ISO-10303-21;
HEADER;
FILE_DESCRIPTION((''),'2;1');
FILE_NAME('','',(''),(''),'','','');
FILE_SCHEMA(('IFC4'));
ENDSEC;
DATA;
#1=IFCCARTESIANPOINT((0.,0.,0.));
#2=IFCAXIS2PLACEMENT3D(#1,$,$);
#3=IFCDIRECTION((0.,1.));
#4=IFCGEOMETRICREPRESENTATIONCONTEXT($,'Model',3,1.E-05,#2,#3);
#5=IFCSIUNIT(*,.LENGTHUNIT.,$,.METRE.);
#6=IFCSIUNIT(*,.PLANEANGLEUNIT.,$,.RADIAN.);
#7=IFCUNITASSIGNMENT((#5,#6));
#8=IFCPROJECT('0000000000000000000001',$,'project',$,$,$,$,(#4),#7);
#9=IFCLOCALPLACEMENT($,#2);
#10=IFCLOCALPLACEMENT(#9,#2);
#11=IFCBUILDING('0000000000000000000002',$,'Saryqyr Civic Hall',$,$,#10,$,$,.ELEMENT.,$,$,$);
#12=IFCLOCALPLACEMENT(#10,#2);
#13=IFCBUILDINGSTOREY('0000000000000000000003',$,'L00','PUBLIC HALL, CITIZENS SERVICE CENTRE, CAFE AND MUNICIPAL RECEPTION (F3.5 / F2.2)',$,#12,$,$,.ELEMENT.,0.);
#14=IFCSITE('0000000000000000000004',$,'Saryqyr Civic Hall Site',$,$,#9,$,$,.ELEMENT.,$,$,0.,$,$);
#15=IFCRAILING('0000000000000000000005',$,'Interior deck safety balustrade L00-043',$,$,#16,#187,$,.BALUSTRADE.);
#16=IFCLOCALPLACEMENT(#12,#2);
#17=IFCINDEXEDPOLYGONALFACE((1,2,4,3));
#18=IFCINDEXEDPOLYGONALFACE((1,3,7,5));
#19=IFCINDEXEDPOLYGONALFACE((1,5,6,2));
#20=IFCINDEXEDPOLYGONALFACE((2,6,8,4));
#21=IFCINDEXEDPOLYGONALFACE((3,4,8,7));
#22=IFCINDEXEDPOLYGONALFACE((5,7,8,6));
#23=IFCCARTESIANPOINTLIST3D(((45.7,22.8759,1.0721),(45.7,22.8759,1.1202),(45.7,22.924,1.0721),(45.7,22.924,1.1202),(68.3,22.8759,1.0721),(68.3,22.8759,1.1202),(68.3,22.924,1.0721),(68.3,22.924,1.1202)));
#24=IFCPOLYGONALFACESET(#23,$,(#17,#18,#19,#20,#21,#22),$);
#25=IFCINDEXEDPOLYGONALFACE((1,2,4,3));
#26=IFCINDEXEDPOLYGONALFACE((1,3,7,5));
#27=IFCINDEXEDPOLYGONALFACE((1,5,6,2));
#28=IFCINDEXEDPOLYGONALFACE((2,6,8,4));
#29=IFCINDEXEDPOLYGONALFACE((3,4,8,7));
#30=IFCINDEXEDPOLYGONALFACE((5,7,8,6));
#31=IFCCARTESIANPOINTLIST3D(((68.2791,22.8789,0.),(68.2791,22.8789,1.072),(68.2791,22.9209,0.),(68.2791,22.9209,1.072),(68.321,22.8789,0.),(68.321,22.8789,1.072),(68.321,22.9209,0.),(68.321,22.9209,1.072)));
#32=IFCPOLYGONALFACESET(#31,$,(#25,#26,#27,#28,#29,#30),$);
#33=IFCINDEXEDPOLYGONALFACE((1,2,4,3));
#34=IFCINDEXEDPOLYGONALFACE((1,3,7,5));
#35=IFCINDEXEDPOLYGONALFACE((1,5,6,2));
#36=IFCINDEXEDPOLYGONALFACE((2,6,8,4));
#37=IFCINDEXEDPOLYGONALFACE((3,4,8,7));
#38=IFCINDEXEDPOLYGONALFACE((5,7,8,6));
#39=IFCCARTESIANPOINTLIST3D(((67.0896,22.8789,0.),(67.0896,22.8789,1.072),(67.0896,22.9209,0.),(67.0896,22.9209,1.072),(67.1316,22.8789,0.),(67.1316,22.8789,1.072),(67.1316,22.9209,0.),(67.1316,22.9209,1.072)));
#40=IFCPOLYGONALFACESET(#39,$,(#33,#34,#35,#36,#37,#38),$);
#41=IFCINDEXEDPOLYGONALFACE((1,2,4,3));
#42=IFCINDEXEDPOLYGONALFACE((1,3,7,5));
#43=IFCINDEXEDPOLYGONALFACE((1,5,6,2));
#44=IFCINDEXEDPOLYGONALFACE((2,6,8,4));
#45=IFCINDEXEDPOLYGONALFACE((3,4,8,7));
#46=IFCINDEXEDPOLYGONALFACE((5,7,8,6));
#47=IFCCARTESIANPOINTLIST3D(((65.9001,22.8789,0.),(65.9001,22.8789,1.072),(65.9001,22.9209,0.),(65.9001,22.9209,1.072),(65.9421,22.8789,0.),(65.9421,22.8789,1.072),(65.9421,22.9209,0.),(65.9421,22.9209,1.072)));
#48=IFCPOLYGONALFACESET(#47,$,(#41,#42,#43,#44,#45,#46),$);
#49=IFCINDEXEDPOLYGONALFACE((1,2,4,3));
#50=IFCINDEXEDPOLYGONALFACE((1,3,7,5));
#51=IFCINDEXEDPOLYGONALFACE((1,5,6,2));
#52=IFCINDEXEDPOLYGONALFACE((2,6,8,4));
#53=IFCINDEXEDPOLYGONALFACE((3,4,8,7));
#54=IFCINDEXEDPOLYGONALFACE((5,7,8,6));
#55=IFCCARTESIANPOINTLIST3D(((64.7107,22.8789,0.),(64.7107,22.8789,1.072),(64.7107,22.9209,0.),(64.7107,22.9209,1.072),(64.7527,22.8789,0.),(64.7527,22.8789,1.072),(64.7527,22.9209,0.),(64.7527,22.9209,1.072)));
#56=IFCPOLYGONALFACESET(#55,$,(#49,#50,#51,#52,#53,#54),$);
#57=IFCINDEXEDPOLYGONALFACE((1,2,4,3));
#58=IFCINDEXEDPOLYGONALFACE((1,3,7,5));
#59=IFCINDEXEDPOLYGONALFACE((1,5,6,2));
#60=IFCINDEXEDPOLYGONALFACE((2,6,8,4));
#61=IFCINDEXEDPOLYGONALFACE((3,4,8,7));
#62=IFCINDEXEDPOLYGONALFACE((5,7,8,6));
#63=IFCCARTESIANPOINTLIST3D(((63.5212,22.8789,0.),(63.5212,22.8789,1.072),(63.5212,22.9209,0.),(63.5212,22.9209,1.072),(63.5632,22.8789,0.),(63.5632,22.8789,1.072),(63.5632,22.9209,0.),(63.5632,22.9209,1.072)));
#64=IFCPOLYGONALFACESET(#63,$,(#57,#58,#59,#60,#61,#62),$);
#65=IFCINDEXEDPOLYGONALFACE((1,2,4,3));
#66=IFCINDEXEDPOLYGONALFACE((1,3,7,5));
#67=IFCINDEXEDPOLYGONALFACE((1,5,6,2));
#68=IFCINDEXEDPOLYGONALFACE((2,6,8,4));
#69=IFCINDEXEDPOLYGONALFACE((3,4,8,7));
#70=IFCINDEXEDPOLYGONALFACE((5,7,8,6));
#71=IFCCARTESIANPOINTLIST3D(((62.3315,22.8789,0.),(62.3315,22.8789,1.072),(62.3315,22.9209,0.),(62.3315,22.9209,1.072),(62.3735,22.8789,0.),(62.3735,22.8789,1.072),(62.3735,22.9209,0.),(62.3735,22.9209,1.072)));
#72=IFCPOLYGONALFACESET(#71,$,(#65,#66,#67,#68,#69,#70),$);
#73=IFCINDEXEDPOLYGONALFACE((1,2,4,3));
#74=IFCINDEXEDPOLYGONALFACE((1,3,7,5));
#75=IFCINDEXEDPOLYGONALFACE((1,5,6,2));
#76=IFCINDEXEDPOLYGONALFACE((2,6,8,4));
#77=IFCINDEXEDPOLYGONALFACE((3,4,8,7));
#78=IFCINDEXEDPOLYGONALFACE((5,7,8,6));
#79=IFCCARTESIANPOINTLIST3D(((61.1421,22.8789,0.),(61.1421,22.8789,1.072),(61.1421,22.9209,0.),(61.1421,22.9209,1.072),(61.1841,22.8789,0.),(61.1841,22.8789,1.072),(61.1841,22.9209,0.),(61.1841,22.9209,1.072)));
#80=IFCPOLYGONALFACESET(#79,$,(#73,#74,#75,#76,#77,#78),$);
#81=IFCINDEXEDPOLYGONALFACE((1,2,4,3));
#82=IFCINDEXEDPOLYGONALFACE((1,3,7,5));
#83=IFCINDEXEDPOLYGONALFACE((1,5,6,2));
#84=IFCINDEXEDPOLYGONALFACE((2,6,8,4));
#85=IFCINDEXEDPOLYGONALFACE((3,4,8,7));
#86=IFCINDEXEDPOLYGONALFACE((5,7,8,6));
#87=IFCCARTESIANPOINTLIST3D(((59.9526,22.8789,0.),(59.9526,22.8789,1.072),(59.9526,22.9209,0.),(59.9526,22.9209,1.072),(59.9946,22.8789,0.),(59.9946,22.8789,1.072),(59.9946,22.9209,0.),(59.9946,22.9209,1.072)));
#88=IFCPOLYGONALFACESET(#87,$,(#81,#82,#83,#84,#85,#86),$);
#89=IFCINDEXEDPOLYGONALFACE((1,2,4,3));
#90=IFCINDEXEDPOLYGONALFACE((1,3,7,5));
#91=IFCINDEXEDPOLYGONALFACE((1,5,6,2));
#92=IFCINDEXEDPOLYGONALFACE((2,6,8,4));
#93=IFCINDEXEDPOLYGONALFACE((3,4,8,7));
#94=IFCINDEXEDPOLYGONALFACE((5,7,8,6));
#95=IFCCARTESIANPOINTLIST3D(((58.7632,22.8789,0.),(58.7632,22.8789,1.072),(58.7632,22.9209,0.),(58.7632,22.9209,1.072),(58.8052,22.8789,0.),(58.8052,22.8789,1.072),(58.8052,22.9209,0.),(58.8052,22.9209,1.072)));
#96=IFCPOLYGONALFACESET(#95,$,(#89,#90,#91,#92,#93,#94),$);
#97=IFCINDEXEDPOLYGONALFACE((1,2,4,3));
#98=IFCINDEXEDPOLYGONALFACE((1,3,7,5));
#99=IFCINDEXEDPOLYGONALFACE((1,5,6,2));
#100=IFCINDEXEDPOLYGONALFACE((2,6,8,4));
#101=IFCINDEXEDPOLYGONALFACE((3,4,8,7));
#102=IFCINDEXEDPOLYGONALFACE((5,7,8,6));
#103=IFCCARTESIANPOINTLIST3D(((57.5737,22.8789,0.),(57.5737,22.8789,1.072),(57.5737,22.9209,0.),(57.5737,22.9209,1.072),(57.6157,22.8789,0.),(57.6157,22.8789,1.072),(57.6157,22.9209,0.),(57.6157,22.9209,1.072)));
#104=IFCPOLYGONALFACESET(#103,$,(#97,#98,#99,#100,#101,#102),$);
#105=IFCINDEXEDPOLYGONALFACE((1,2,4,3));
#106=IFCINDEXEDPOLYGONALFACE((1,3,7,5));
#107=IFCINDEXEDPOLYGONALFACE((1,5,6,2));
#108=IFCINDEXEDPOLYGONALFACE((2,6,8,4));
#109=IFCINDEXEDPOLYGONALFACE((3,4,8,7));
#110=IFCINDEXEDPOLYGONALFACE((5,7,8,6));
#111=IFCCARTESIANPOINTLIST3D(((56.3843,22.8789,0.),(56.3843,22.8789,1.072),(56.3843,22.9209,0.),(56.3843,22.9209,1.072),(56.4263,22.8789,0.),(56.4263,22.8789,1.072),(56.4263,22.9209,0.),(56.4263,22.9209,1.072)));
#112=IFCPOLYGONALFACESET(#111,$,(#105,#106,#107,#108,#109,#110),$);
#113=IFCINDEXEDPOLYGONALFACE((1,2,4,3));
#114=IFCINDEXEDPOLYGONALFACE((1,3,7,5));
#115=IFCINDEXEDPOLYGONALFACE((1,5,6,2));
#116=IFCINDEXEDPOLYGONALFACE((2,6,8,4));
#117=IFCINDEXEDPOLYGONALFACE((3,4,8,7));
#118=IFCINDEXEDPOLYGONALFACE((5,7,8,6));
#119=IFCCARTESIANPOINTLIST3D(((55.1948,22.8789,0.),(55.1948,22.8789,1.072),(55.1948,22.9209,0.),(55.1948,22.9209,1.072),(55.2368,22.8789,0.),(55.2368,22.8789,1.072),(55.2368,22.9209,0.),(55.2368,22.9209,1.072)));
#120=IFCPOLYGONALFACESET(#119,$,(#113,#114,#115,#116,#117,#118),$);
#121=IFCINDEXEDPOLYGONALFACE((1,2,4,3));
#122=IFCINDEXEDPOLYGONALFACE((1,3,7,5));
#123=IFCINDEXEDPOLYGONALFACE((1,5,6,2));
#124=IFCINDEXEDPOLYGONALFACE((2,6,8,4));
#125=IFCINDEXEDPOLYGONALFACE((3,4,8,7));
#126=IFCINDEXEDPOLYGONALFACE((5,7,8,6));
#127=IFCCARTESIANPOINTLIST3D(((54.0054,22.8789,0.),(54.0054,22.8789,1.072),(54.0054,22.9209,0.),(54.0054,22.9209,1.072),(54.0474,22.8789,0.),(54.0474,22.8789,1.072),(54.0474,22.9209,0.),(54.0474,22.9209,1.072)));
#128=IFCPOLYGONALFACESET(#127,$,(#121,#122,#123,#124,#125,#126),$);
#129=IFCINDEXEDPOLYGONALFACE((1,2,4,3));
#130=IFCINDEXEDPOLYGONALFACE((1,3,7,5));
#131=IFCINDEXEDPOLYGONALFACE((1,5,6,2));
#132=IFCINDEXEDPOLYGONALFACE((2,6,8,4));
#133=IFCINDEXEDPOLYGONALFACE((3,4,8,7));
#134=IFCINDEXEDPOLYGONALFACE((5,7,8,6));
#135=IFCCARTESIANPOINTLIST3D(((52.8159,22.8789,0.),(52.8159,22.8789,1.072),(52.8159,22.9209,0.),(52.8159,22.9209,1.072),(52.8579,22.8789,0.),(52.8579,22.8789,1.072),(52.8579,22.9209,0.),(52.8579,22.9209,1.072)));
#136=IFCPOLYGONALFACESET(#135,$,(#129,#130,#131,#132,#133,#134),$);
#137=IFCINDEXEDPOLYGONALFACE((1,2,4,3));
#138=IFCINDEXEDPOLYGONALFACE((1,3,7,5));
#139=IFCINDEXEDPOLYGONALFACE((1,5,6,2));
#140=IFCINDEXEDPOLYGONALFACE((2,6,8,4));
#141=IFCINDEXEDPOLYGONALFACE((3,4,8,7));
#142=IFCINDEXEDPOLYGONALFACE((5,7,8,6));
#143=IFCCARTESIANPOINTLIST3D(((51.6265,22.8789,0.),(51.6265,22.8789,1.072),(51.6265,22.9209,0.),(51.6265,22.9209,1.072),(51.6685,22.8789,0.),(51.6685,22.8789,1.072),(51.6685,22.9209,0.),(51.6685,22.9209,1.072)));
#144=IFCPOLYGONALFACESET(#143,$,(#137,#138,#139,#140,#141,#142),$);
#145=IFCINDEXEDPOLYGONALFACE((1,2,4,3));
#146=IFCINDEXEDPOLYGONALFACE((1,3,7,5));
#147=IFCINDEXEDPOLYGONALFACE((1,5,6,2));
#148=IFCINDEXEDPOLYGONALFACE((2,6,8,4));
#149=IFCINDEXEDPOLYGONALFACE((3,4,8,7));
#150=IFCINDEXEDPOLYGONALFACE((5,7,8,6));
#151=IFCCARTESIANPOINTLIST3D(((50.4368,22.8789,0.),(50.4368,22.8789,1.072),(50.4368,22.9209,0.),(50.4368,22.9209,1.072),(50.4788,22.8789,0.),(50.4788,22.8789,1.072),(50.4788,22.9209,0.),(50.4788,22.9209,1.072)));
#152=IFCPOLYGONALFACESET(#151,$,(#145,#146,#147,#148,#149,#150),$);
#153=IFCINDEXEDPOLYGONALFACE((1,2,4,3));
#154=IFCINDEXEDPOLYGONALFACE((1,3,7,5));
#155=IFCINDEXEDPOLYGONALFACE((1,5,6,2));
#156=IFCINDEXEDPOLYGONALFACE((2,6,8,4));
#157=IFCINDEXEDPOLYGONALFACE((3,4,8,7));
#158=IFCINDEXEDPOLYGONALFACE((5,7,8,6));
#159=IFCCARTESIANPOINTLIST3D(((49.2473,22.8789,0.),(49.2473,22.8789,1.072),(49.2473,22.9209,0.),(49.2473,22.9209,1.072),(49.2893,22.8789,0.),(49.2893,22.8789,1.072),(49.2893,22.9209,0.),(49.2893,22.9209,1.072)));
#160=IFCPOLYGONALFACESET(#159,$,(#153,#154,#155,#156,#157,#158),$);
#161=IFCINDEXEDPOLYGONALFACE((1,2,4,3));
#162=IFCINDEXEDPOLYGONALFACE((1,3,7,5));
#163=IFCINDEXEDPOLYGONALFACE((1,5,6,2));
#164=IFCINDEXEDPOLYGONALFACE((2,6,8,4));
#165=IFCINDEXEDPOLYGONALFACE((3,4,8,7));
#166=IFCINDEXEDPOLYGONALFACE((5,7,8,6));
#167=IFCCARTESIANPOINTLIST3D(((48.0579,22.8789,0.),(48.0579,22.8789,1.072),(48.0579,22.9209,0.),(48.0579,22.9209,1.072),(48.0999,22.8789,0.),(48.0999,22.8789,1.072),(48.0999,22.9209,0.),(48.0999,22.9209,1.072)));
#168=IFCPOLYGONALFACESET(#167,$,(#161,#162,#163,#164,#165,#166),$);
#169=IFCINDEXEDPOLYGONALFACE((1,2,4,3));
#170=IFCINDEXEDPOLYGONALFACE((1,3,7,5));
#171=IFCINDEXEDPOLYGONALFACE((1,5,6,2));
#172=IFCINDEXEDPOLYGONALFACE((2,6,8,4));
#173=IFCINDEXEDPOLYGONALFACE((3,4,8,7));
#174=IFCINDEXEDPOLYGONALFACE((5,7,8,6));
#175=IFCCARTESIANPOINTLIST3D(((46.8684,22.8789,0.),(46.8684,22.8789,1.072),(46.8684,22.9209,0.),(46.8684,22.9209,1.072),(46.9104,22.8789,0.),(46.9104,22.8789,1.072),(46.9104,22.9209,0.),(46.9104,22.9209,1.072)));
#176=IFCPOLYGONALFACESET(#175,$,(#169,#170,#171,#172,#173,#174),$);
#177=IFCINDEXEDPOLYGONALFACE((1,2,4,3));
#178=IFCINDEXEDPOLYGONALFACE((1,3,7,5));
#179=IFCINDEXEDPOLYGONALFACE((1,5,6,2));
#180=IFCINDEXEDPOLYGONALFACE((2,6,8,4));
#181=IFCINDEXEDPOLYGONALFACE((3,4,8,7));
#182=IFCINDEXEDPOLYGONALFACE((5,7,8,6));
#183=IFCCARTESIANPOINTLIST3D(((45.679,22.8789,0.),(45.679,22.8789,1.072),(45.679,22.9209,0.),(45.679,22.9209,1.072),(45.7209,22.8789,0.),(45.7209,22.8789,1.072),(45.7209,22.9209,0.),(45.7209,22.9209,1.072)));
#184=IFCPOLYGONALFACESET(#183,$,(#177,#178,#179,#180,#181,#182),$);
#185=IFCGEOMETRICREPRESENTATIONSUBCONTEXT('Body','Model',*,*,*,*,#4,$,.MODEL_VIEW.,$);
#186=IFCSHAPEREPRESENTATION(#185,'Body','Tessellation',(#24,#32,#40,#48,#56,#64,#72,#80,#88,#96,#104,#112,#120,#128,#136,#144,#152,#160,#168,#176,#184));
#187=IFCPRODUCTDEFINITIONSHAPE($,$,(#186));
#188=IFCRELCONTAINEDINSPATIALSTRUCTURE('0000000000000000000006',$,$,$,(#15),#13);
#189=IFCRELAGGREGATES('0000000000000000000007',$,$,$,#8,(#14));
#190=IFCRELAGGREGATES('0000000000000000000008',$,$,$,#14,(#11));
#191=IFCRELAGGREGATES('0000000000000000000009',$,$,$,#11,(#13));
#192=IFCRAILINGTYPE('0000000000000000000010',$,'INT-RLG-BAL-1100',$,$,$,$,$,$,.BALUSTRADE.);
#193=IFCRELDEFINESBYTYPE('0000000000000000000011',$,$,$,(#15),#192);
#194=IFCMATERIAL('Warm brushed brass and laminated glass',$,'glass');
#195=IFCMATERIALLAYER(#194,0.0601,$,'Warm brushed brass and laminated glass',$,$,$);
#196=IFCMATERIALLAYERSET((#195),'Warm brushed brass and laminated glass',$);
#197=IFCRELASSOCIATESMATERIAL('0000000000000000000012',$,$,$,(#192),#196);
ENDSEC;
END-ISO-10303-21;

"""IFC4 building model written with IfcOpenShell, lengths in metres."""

from ifc_helpers import new_model, si_unit, direction, frame, origin, origin_2d, place, context, subcontext, project, spatial, rectangle, extrude, material, layer, layer_set, type_object, element, save


model = new_model("IFC4")

# Units and contexts
model_context = context("Model", 3, precision=1e-05, world=origin(), true_north=direction((0.0, 1.0)))
body_context = subcontext(model_context, "Body", "Model", "MODEL_VIEW")
ifc_project = project(units=[si_unit("LENGTHUNIT", "METRE"), si_unit("PLANEANGLEUNIT", "RADIAN")], contexts=[model_context])

# Site, building, storey
site_placement = place(None, origin())
site = spatial("IfcSite", under=ifc_project, at=site_placement, Name="Saryqyr Civic Hall Site", CompositionType="ELEMENT", RefElevation=0.0)
building_placement = place(site_placement, origin())
building = spatial("IfcBuilding", under=site, at=building_placement, Name="Saryqyr Civic Hall", CompositionType="ELEMENT")
storey_placement = place(building_placement, origin())
storey = spatial("IfcBuildingStorey", under=building, at=storey_placement, Name="L00", Description="PUBLIC HALL, CITIZENS SERVICE CENTRE, CAFE AND MUNICIPAL RECEPTION (F3.5 / F2.2)", CompositionType="ELEMENT", Elevation=0.0)

# Railing
ifc_material_1 = material(Name="Warm brushed brass and laminated glass", Category="glass")
ifc_layer_1 = layer(ifc_material_1, 0.0601, Name="Warm brushed brass and laminated glass")
ifc_layer_set_1 = layer_set([ifc_layer_1], Name="Warm brushed brass and laminated glass")
railing_type = type_object("IfcRailingType", Name="INT-RLG-BAL-1100", PredefinedType="BALUSTRADE", material=ifc_layer_set_1)
railing_placement = place(storey_placement, frame((68.3, 22.8999, 0.0)))
element("IfcRailing", 1, at=railing_placement, inside=storey, type_object=railing_type, Name="Interior deck safety balustrade L00-043", PredefinedType="BALUSTRADE", context=body_context, shape_type="SweptSolid", body=[
    extrude(rectangle(XDim=0.0481, YDim=0.0481, at=origin_2d()), frame((0.0, 0.0, 1.0962), z_axis=(-1.0, 0.0, 0.0), x_axis=(0.0, -1.0, 0.0)), (0.0, 0.0, 1.0), 22.6001),
    extrude(rectangle(XDim=0.042, YDim=0.042, at=origin_2d()), origin(), (0.0, 0.0, 1.0), 1.072),
    extrude(rectangle(XDim=0.042, YDim=0.042, at=origin_2d()), frame((-1.1895, 0.0, 0.0)), (0.0, 0.0, 1.0), 1.072),
    extrude(rectangle(XDim=0.042, YDim=0.042, at=origin_2d()), frame((-2.3789, 0.0, 0.0)), (0.0, 0.0, 1.0), 1.072),
    extrude(rectangle(XDim=0.042, YDim=0.042, at=origin_2d()), frame((-3.5684, 0.0, 0.0)), (0.0, 0.0, 1.0), 1.072),
    extrude(rectangle(XDim=0.042, YDim=0.042, at=origin_2d()), frame((-4.7578, 0.0, 0.0)), (0.0, 0.0, 1.0), 1.072),
    extrude(rectangle(XDim=0.042, YDim=0.042, at=origin_2d()), frame((-5.9475, 0.0, 0.0)), (0.0, 0.0, 1.0), 1.072),
    extrude(rectangle(XDim=0.042, YDim=0.042, at=origin_2d()), frame((-7.137, 0.0, 0.0)), (0.0, 0.0, 1.0), 1.072),
    extrude(rectangle(XDim=0.042, YDim=0.042, at=origin_2d()), frame((-8.3264, 0.0, 0.0)), (0.0, 0.0, 1.0), 1.072),
    extrude(rectangle(XDim=0.042, YDim=0.042, at=origin_2d()), frame((-9.5159, 0.0, 0.0)), (0.0, 0.0, 1.0), 1.072),
    extrude(rectangle(XDim=0.042, YDim=0.042, at=origin_2d()), frame((-10.7053, 0.0, 0.0)), (0.0, 0.0, 1.0), 1.072),
    extrude(rectangle(XDim=0.042, YDim=0.042, at=origin_2d()), frame((-11.8948, 0.0, 0.0)), (0.0, 0.0, 1.0), 1.072),
    extrude(rectangle(XDim=0.042, YDim=0.042, at=origin_2d()), frame((-13.0842, 0.0, 0.0)), (0.0, 0.0, 1.0), 1.072),
    extrude(rectangle(XDim=0.042, YDim=0.042, at=origin_2d()), frame((-14.2737, 0.0, 0.0)), (0.0, 0.0, 1.0), 1.072),
    extrude(rectangle(XDim=0.042, YDim=0.042, at=origin_2d()), frame((-15.4631, 0.0, 0.0)), (0.0, 0.0, 1.0), 1.072),
    extrude(rectangle(XDim=0.042, YDim=0.042, at=origin_2d()), frame((-16.6526, 0.0, 0.0)), (0.0, 0.0, 1.0), 1.072),
    extrude(rectangle(XDim=0.042, YDim=0.042, at=origin_2d()), frame((-17.8423, 0.0, 0.0)), (0.0, 0.0, 1.0), 1.072),
    extrude(rectangle(XDim=0.042, YDim=0.042, at=origin_2d()), frame((-19.0317, 0.0, 0.0)), (0.0, 0.0, 1.0), 1.072),
    extrude(rectangle(XDim=0.042, YDim=0.042, at=origin_2d()), frame((-20.2212, 0.0, 0.0)), (0.0, 0.0, 1.0), 1.072),
    extrude(rectangle(XDim=0.042, YDim=0.042, at=origin_2d()), frame((-21.4106, 0.0, 0.0)), (0.0, 0.0, 1.0), 1.072),
    extrude(rectangle(XDim=0.042, YDim=0.042, at=origin_2d()), frame((-22.6001, 0.0, 0.0)), (0.0, 0.0, 1.0), 1.072),
])

save(model, "model.ifc")
